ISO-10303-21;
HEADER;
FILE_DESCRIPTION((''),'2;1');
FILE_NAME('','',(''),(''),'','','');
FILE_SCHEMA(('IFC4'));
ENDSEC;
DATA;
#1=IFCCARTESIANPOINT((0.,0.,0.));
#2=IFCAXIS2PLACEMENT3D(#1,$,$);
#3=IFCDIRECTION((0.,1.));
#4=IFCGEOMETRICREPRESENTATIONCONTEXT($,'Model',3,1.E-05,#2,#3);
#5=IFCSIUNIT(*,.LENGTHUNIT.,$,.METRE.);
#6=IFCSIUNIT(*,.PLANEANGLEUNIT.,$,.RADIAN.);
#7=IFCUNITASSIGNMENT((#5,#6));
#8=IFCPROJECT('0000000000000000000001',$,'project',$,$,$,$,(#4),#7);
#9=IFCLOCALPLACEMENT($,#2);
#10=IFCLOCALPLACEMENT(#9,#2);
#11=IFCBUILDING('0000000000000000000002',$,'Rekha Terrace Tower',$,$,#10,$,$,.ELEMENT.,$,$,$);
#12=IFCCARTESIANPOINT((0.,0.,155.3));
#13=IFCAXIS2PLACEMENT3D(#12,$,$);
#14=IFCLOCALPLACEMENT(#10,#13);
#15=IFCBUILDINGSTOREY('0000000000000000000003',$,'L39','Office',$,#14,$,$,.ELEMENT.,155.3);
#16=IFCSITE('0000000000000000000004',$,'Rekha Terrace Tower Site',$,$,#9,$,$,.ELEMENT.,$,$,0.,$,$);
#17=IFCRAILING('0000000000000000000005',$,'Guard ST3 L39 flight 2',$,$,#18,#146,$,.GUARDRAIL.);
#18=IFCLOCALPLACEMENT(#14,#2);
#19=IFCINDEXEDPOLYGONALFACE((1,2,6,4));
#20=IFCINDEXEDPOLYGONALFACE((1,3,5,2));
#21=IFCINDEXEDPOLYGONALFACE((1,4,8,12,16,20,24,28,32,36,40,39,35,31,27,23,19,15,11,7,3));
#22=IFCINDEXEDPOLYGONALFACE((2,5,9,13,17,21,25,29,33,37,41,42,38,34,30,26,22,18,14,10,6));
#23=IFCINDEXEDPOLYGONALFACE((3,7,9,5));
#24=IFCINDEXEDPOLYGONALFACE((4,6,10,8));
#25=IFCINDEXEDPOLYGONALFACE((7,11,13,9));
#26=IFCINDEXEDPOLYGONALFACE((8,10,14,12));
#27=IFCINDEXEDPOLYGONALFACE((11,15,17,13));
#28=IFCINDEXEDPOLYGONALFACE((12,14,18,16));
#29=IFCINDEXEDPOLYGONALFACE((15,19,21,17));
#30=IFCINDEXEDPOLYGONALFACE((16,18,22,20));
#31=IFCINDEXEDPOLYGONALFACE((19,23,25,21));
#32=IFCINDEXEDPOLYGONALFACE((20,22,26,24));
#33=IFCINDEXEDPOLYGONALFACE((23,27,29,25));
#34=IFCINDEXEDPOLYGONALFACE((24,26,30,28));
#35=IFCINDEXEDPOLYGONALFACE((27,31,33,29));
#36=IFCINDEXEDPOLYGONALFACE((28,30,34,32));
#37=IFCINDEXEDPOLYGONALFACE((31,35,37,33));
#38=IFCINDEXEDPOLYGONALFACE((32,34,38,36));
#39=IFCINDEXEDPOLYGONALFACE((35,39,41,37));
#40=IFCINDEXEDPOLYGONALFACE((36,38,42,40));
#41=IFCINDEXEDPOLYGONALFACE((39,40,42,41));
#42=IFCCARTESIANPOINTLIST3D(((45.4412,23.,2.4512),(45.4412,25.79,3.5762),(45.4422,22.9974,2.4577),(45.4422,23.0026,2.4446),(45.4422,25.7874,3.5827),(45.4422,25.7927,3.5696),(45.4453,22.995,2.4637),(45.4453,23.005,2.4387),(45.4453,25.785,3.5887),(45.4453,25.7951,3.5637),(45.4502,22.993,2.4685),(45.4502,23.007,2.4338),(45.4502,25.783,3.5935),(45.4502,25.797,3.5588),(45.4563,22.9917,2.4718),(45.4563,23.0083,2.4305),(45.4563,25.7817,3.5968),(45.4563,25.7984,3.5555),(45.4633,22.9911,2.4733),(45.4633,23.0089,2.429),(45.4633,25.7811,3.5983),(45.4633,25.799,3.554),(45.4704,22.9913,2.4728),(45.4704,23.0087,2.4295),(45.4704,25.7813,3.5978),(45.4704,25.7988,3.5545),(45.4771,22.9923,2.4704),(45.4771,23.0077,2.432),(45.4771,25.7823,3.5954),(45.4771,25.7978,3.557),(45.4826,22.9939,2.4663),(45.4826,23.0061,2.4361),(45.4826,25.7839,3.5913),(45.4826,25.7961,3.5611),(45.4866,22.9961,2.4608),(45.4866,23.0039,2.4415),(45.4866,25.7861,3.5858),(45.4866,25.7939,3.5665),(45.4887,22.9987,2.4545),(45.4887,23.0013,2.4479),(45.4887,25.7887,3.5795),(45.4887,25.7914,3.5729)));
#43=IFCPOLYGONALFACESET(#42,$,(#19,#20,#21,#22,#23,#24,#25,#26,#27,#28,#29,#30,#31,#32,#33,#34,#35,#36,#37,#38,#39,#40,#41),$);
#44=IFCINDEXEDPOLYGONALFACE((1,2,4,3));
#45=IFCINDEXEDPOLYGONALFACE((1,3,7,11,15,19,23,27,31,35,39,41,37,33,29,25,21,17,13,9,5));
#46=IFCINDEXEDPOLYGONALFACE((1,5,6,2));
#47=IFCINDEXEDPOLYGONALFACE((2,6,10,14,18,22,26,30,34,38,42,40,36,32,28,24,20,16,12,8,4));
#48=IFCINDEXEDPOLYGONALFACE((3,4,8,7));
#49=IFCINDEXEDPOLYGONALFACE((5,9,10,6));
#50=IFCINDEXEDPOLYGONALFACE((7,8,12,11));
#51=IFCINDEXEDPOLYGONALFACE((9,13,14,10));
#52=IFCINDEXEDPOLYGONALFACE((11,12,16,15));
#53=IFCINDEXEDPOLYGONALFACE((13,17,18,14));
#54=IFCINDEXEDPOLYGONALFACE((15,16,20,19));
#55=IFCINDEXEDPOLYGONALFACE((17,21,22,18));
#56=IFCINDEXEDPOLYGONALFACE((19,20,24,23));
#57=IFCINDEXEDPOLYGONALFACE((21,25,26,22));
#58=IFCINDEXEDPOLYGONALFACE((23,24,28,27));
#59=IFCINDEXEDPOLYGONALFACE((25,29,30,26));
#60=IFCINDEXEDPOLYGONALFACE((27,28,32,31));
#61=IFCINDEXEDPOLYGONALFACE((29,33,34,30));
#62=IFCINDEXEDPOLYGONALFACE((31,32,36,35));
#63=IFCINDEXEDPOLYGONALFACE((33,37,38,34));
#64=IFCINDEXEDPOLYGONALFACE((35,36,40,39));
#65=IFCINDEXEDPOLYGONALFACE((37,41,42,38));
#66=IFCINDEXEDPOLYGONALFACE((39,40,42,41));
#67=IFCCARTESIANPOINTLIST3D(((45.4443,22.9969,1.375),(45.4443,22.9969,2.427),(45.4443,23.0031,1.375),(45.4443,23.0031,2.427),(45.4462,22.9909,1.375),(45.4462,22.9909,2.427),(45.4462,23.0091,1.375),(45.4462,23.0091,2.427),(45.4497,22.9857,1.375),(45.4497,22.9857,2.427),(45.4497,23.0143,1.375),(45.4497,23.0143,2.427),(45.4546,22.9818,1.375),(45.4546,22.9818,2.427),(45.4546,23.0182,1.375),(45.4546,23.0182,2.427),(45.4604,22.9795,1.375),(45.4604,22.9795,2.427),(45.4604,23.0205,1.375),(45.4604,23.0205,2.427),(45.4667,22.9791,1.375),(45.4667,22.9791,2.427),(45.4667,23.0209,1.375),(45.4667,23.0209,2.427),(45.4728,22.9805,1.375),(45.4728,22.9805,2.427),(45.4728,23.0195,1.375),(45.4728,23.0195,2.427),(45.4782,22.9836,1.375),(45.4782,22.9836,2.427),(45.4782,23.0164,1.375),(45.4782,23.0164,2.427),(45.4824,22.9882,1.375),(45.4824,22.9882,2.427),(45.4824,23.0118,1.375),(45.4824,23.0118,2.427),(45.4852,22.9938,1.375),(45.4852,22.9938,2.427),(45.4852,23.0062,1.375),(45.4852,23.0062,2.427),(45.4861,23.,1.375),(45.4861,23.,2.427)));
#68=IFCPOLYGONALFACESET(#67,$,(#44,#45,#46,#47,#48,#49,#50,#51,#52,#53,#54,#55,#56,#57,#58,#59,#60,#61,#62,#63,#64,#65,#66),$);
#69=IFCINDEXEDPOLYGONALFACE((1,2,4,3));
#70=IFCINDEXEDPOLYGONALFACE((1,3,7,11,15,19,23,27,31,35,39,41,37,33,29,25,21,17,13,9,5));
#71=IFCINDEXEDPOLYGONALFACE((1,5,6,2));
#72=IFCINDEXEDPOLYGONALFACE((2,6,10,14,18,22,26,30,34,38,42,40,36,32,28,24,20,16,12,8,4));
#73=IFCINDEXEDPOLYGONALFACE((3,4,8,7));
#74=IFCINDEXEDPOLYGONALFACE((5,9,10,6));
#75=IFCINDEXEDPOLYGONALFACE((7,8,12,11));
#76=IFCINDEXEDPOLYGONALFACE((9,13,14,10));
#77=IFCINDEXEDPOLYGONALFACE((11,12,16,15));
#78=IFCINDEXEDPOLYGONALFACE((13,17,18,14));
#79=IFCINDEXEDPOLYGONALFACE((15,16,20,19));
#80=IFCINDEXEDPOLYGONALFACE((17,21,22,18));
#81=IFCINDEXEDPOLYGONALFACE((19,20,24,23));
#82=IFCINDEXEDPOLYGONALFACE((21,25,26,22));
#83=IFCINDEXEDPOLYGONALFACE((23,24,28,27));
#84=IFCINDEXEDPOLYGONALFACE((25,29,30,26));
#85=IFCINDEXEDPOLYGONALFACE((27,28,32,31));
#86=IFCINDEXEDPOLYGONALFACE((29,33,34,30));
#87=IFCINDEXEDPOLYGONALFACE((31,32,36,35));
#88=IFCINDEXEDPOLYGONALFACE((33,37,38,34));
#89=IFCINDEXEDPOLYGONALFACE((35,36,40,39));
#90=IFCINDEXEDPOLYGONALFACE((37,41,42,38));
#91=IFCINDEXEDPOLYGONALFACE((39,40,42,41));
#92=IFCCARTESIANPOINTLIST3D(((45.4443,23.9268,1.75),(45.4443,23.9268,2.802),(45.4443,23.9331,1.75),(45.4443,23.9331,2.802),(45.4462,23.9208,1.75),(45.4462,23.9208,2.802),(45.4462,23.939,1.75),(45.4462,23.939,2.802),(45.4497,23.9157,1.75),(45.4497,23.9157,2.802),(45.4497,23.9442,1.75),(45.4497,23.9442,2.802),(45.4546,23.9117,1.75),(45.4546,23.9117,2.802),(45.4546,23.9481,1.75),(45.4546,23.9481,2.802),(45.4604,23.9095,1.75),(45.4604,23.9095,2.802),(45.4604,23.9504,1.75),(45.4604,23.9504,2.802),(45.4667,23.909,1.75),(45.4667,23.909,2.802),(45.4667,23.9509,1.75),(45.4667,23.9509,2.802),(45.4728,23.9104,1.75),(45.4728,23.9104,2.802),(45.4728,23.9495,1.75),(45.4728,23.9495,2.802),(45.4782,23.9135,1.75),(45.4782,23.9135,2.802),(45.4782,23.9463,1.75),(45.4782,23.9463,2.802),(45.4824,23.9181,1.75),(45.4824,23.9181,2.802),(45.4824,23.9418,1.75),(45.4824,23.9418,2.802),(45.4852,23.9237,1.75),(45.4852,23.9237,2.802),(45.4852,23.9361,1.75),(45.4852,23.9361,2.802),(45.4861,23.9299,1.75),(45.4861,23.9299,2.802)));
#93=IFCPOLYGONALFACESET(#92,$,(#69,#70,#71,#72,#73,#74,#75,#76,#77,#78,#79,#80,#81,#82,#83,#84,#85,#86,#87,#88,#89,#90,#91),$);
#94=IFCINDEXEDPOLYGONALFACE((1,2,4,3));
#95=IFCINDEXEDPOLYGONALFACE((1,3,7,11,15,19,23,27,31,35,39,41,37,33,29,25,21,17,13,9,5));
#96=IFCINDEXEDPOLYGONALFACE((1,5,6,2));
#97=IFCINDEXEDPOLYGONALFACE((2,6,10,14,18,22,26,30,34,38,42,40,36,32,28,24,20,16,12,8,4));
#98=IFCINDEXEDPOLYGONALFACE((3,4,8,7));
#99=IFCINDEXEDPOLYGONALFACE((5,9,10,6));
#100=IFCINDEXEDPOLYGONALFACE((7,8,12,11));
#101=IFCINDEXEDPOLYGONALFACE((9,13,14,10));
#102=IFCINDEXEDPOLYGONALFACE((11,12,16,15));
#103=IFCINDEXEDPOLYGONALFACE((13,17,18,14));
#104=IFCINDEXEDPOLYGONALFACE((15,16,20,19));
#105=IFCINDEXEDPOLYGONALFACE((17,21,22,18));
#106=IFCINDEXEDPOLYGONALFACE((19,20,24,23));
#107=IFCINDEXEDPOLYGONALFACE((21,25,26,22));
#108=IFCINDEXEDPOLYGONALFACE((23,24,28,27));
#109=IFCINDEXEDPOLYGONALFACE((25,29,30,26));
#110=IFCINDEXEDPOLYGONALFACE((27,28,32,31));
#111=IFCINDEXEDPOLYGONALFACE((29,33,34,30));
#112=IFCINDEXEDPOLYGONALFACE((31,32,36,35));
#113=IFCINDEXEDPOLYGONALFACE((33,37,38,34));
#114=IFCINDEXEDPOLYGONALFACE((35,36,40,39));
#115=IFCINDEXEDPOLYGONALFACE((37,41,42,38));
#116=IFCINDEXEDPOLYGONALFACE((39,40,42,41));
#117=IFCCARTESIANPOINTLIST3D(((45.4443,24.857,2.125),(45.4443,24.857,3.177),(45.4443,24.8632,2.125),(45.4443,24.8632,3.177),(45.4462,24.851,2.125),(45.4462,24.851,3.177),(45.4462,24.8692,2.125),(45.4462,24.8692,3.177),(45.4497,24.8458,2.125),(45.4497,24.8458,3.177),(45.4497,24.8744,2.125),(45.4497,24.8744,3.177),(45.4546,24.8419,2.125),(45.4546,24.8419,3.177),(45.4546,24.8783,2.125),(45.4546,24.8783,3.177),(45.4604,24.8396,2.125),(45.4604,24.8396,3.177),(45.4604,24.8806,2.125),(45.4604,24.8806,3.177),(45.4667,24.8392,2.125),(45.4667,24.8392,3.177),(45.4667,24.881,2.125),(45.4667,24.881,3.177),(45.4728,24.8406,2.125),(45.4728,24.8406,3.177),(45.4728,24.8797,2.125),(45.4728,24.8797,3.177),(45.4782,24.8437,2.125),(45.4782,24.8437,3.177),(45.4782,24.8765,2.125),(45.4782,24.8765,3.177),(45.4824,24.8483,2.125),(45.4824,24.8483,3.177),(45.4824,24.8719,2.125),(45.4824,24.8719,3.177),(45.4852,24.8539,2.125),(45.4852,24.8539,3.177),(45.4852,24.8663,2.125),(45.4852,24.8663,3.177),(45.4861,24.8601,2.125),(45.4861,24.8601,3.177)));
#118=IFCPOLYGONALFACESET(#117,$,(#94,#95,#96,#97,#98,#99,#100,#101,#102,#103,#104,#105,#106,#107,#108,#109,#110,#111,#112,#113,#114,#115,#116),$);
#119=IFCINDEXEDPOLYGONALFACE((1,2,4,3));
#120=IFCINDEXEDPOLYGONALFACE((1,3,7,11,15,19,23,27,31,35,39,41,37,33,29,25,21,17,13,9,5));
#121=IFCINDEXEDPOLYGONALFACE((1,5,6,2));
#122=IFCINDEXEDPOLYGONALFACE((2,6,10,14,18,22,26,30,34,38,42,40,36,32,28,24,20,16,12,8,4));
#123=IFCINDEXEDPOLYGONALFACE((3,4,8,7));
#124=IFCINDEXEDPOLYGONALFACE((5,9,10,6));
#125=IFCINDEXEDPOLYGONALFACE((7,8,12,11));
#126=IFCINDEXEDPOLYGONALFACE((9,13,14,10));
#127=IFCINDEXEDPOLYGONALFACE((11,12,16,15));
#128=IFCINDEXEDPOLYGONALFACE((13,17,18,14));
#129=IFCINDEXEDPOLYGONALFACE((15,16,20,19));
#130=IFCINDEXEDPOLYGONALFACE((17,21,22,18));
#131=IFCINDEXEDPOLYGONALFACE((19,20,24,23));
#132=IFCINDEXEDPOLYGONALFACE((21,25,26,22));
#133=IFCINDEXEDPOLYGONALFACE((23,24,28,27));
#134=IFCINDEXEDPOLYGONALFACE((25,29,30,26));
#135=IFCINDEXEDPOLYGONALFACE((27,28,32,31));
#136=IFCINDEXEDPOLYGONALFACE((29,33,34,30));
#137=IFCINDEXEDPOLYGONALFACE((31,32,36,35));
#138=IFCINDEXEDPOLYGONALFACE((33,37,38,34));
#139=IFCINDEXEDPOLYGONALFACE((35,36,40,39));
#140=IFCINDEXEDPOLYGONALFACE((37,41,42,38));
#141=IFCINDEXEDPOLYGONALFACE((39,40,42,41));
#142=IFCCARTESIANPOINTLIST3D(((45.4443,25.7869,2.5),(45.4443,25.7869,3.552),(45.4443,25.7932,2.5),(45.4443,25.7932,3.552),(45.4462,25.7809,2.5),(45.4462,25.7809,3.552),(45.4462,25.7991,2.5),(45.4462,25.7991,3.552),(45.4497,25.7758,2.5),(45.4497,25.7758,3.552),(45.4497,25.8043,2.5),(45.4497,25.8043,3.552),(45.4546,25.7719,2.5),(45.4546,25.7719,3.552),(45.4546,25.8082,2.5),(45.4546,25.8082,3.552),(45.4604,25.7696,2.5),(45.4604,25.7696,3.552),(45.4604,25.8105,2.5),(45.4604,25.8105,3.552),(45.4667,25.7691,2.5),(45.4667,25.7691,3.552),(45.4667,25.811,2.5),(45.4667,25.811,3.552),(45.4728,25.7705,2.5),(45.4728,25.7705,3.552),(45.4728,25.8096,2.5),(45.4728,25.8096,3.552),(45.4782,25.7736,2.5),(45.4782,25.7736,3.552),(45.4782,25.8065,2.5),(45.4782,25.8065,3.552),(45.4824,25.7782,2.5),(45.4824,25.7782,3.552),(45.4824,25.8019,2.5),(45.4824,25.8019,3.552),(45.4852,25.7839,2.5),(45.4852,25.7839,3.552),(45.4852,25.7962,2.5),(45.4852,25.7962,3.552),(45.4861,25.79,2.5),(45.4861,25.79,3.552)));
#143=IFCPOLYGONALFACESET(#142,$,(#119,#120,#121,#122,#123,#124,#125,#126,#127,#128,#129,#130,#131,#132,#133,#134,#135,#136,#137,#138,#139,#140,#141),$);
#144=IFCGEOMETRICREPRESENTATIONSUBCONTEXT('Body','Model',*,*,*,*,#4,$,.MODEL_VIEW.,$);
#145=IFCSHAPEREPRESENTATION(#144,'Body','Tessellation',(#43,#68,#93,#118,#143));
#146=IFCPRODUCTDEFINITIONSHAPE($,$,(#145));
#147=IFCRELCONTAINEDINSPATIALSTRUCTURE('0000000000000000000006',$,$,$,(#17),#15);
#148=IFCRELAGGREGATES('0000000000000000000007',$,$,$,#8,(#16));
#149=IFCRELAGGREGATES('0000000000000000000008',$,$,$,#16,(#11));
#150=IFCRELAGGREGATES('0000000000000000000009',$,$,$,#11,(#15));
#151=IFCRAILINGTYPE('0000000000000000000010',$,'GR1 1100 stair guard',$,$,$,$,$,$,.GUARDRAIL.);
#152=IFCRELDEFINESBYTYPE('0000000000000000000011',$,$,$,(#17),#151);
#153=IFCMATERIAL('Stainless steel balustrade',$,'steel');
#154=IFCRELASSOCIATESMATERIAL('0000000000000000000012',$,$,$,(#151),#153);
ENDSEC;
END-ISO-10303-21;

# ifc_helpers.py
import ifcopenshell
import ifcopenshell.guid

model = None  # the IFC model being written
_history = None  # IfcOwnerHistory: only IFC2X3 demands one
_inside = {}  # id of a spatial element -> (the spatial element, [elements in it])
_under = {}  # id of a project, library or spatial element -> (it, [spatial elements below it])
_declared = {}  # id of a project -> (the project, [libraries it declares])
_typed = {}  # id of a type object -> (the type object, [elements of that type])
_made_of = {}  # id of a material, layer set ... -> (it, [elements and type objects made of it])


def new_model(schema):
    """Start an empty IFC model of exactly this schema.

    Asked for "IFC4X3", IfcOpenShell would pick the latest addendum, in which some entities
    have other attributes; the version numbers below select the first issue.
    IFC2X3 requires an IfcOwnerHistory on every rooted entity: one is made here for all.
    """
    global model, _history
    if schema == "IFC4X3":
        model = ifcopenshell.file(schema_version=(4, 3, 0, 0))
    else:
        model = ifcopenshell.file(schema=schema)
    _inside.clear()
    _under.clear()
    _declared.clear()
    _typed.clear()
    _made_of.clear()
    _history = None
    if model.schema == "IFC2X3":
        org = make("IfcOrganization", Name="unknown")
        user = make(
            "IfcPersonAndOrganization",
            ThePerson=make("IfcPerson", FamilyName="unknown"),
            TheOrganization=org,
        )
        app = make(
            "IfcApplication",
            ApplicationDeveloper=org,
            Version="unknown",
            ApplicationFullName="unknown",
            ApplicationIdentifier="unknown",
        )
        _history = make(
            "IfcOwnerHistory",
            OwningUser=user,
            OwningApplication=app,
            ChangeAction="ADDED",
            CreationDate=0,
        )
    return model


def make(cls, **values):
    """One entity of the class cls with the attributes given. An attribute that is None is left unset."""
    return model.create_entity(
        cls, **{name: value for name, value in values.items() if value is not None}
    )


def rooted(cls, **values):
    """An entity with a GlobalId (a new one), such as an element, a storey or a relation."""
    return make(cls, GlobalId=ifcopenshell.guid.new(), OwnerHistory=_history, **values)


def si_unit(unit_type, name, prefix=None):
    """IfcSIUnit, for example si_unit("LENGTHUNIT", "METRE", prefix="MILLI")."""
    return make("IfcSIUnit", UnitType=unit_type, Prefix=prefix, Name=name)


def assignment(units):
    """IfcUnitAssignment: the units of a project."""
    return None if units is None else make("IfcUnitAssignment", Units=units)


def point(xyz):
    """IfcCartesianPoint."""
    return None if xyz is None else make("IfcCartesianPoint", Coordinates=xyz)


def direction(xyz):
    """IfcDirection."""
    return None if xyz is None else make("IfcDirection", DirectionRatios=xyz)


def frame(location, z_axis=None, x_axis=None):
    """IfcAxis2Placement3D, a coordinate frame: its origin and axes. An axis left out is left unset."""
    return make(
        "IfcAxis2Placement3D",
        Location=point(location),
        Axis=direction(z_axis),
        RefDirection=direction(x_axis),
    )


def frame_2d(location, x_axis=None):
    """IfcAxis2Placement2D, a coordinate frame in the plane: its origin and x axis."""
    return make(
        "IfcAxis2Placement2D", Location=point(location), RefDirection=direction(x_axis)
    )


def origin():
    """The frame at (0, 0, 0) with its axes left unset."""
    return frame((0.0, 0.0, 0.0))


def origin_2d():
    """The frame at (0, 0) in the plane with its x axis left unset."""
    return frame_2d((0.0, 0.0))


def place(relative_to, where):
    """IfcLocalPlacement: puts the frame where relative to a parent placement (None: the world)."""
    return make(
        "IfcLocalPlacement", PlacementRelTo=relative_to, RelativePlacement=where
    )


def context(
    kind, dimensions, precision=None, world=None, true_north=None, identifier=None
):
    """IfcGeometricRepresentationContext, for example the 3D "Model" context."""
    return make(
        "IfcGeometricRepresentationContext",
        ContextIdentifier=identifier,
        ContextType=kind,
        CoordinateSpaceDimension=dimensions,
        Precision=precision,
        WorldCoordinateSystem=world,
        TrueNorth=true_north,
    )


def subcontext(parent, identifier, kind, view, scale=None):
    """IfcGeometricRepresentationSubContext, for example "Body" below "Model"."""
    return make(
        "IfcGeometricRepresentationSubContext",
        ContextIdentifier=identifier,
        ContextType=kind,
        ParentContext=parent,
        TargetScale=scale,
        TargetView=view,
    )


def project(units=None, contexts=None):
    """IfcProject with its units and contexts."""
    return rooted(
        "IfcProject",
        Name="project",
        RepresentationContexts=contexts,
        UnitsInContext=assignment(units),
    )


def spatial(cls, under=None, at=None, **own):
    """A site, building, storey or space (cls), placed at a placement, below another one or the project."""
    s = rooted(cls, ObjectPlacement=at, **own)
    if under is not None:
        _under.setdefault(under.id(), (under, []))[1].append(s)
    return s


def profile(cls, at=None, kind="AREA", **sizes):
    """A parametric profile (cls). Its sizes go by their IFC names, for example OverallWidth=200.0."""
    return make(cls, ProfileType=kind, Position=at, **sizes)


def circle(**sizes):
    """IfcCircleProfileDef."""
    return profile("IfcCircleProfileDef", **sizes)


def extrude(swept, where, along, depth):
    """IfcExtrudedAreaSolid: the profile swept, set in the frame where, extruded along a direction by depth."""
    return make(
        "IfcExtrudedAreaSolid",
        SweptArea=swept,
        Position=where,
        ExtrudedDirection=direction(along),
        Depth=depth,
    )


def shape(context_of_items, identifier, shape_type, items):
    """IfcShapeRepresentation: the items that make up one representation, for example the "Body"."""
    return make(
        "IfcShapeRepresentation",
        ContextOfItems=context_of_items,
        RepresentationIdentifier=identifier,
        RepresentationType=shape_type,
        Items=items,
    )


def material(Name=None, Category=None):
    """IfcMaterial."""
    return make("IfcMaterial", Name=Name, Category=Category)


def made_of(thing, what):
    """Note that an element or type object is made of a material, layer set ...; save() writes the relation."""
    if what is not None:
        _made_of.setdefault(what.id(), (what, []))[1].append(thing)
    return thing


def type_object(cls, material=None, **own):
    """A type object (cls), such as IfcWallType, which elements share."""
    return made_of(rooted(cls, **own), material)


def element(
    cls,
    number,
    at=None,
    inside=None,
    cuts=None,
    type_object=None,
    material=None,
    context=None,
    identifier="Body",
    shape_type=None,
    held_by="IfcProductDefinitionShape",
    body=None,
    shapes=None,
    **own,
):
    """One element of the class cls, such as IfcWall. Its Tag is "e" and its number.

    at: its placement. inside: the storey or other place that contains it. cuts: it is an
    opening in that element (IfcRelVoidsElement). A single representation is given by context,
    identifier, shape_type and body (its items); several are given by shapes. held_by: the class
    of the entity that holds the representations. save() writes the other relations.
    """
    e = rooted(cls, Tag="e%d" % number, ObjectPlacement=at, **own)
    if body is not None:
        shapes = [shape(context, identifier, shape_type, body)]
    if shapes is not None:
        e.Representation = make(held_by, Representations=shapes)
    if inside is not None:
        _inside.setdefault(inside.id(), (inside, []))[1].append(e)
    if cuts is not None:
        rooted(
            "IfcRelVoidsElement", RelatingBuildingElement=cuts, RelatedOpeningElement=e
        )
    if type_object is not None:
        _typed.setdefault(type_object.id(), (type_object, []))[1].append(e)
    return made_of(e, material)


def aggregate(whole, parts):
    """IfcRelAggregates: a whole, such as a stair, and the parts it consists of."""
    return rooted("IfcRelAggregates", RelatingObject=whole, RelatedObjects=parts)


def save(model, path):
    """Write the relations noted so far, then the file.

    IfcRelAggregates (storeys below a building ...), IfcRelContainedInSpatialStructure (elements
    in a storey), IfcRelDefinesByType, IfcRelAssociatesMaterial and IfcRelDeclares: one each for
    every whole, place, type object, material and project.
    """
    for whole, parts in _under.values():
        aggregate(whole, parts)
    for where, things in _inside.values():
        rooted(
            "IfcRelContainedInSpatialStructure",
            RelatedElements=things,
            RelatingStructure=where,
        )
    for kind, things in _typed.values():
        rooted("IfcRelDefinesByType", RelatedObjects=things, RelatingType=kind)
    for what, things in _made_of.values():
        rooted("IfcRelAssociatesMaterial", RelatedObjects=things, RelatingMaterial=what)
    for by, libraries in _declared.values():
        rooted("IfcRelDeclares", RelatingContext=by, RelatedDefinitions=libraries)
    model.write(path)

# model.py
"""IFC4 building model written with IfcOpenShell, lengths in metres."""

from ifc_helpers import new_model, si_unit, direction, frame, origin, origin_2d, place, context, subcontext, project, spatial, circle, extrude, material, type_object, element, save


model = new_model("IFC4")

# Units and contexts
model_context = context("Model", 3, precision=1e-05, world=origin(), true_north=direction((0.0, 1.0)))
body_context = subcontext(model_context, "Body", "Model", "MODEL_VIEW")
ifc_project = project(units=[si_unit("LENGTHUNIT", "METRE"), si_unit("PLANEANGLEUNIT", "RADIAN")], contexts=[model_context])

# Site, building, storey
site_placement = place(None, origin())
site = spatial("IfcSite", under=ifc_project, at=site_placement, Name="Rekha Terrace Tower Site", CompositionType="ELEMENT", RefElevation=0.0)
building_placement = place(site_placement, origin())
building = spatial("IfcBuilding", under=site, at=building_placement, Name="Rekha Terrace Tower", CompositionType="ELEMENT")
storey_placement = place(building_placement, frame((0.0, 0.0, 155.3)))
storey = spatial("IfcBuildingStorey", under=building, at=storey_placement, Name="L39", Description="Office", CompositionType="ELEMENT", Elevation=155.3)

# Railing
ifc_material_1 = material(Name="Stainless steel balustrade", Category="steel")
railing_type_1 = type_object("IfcRailingType", Name="GR1 1100 stair guard", PredefinedType="GUARDRAIL", material=ifc_material_1)
railing_1_placement = place(storey_placement, frame((45.4651, 23.0, 1.375)))
element("IfcRailing", 1, at=railing_1_placement, inside=storey, type_object=railing_type_1, Name="Guard ST3 L39 flight 2", PredefinedType="GUARDRAIL", context=body_context, shape_type="SweptSolid", body=[
    extrude(circle(Radius=0.0239, at=origin_2d()), frame((0.0, 0.0, 1.0762), z_axis=(0.0, 0.927443, 0.373964), x_axis=(-1.0, 0.0, 0.0)), (0.0, 0.0, 1.0), 3.0083),
    extrude(circle(Radius=0.021, at=origin_2d()), origin(), (0.0, 0.0, 1.0), 1.052),
    extrude(circle(Radius=0.021, at=origin_2d()), frame((0.0, 0.9299, 0.375)), (0.0, 0.0, 1.0), 1.052),
    extrude(circle(Radius=0.021, at=origin_2d()), frame((0.0, 1.8601, 0.75)), (0.0, 0.0, 1.0), 1.052),
    extrude(circle(Radius=0.021, at=origin_2d()), frame((0.0, 2.79, 1.125)), (0.0, 0.0, 1.0), 1.052),
])

save(model, "model.ifc")
